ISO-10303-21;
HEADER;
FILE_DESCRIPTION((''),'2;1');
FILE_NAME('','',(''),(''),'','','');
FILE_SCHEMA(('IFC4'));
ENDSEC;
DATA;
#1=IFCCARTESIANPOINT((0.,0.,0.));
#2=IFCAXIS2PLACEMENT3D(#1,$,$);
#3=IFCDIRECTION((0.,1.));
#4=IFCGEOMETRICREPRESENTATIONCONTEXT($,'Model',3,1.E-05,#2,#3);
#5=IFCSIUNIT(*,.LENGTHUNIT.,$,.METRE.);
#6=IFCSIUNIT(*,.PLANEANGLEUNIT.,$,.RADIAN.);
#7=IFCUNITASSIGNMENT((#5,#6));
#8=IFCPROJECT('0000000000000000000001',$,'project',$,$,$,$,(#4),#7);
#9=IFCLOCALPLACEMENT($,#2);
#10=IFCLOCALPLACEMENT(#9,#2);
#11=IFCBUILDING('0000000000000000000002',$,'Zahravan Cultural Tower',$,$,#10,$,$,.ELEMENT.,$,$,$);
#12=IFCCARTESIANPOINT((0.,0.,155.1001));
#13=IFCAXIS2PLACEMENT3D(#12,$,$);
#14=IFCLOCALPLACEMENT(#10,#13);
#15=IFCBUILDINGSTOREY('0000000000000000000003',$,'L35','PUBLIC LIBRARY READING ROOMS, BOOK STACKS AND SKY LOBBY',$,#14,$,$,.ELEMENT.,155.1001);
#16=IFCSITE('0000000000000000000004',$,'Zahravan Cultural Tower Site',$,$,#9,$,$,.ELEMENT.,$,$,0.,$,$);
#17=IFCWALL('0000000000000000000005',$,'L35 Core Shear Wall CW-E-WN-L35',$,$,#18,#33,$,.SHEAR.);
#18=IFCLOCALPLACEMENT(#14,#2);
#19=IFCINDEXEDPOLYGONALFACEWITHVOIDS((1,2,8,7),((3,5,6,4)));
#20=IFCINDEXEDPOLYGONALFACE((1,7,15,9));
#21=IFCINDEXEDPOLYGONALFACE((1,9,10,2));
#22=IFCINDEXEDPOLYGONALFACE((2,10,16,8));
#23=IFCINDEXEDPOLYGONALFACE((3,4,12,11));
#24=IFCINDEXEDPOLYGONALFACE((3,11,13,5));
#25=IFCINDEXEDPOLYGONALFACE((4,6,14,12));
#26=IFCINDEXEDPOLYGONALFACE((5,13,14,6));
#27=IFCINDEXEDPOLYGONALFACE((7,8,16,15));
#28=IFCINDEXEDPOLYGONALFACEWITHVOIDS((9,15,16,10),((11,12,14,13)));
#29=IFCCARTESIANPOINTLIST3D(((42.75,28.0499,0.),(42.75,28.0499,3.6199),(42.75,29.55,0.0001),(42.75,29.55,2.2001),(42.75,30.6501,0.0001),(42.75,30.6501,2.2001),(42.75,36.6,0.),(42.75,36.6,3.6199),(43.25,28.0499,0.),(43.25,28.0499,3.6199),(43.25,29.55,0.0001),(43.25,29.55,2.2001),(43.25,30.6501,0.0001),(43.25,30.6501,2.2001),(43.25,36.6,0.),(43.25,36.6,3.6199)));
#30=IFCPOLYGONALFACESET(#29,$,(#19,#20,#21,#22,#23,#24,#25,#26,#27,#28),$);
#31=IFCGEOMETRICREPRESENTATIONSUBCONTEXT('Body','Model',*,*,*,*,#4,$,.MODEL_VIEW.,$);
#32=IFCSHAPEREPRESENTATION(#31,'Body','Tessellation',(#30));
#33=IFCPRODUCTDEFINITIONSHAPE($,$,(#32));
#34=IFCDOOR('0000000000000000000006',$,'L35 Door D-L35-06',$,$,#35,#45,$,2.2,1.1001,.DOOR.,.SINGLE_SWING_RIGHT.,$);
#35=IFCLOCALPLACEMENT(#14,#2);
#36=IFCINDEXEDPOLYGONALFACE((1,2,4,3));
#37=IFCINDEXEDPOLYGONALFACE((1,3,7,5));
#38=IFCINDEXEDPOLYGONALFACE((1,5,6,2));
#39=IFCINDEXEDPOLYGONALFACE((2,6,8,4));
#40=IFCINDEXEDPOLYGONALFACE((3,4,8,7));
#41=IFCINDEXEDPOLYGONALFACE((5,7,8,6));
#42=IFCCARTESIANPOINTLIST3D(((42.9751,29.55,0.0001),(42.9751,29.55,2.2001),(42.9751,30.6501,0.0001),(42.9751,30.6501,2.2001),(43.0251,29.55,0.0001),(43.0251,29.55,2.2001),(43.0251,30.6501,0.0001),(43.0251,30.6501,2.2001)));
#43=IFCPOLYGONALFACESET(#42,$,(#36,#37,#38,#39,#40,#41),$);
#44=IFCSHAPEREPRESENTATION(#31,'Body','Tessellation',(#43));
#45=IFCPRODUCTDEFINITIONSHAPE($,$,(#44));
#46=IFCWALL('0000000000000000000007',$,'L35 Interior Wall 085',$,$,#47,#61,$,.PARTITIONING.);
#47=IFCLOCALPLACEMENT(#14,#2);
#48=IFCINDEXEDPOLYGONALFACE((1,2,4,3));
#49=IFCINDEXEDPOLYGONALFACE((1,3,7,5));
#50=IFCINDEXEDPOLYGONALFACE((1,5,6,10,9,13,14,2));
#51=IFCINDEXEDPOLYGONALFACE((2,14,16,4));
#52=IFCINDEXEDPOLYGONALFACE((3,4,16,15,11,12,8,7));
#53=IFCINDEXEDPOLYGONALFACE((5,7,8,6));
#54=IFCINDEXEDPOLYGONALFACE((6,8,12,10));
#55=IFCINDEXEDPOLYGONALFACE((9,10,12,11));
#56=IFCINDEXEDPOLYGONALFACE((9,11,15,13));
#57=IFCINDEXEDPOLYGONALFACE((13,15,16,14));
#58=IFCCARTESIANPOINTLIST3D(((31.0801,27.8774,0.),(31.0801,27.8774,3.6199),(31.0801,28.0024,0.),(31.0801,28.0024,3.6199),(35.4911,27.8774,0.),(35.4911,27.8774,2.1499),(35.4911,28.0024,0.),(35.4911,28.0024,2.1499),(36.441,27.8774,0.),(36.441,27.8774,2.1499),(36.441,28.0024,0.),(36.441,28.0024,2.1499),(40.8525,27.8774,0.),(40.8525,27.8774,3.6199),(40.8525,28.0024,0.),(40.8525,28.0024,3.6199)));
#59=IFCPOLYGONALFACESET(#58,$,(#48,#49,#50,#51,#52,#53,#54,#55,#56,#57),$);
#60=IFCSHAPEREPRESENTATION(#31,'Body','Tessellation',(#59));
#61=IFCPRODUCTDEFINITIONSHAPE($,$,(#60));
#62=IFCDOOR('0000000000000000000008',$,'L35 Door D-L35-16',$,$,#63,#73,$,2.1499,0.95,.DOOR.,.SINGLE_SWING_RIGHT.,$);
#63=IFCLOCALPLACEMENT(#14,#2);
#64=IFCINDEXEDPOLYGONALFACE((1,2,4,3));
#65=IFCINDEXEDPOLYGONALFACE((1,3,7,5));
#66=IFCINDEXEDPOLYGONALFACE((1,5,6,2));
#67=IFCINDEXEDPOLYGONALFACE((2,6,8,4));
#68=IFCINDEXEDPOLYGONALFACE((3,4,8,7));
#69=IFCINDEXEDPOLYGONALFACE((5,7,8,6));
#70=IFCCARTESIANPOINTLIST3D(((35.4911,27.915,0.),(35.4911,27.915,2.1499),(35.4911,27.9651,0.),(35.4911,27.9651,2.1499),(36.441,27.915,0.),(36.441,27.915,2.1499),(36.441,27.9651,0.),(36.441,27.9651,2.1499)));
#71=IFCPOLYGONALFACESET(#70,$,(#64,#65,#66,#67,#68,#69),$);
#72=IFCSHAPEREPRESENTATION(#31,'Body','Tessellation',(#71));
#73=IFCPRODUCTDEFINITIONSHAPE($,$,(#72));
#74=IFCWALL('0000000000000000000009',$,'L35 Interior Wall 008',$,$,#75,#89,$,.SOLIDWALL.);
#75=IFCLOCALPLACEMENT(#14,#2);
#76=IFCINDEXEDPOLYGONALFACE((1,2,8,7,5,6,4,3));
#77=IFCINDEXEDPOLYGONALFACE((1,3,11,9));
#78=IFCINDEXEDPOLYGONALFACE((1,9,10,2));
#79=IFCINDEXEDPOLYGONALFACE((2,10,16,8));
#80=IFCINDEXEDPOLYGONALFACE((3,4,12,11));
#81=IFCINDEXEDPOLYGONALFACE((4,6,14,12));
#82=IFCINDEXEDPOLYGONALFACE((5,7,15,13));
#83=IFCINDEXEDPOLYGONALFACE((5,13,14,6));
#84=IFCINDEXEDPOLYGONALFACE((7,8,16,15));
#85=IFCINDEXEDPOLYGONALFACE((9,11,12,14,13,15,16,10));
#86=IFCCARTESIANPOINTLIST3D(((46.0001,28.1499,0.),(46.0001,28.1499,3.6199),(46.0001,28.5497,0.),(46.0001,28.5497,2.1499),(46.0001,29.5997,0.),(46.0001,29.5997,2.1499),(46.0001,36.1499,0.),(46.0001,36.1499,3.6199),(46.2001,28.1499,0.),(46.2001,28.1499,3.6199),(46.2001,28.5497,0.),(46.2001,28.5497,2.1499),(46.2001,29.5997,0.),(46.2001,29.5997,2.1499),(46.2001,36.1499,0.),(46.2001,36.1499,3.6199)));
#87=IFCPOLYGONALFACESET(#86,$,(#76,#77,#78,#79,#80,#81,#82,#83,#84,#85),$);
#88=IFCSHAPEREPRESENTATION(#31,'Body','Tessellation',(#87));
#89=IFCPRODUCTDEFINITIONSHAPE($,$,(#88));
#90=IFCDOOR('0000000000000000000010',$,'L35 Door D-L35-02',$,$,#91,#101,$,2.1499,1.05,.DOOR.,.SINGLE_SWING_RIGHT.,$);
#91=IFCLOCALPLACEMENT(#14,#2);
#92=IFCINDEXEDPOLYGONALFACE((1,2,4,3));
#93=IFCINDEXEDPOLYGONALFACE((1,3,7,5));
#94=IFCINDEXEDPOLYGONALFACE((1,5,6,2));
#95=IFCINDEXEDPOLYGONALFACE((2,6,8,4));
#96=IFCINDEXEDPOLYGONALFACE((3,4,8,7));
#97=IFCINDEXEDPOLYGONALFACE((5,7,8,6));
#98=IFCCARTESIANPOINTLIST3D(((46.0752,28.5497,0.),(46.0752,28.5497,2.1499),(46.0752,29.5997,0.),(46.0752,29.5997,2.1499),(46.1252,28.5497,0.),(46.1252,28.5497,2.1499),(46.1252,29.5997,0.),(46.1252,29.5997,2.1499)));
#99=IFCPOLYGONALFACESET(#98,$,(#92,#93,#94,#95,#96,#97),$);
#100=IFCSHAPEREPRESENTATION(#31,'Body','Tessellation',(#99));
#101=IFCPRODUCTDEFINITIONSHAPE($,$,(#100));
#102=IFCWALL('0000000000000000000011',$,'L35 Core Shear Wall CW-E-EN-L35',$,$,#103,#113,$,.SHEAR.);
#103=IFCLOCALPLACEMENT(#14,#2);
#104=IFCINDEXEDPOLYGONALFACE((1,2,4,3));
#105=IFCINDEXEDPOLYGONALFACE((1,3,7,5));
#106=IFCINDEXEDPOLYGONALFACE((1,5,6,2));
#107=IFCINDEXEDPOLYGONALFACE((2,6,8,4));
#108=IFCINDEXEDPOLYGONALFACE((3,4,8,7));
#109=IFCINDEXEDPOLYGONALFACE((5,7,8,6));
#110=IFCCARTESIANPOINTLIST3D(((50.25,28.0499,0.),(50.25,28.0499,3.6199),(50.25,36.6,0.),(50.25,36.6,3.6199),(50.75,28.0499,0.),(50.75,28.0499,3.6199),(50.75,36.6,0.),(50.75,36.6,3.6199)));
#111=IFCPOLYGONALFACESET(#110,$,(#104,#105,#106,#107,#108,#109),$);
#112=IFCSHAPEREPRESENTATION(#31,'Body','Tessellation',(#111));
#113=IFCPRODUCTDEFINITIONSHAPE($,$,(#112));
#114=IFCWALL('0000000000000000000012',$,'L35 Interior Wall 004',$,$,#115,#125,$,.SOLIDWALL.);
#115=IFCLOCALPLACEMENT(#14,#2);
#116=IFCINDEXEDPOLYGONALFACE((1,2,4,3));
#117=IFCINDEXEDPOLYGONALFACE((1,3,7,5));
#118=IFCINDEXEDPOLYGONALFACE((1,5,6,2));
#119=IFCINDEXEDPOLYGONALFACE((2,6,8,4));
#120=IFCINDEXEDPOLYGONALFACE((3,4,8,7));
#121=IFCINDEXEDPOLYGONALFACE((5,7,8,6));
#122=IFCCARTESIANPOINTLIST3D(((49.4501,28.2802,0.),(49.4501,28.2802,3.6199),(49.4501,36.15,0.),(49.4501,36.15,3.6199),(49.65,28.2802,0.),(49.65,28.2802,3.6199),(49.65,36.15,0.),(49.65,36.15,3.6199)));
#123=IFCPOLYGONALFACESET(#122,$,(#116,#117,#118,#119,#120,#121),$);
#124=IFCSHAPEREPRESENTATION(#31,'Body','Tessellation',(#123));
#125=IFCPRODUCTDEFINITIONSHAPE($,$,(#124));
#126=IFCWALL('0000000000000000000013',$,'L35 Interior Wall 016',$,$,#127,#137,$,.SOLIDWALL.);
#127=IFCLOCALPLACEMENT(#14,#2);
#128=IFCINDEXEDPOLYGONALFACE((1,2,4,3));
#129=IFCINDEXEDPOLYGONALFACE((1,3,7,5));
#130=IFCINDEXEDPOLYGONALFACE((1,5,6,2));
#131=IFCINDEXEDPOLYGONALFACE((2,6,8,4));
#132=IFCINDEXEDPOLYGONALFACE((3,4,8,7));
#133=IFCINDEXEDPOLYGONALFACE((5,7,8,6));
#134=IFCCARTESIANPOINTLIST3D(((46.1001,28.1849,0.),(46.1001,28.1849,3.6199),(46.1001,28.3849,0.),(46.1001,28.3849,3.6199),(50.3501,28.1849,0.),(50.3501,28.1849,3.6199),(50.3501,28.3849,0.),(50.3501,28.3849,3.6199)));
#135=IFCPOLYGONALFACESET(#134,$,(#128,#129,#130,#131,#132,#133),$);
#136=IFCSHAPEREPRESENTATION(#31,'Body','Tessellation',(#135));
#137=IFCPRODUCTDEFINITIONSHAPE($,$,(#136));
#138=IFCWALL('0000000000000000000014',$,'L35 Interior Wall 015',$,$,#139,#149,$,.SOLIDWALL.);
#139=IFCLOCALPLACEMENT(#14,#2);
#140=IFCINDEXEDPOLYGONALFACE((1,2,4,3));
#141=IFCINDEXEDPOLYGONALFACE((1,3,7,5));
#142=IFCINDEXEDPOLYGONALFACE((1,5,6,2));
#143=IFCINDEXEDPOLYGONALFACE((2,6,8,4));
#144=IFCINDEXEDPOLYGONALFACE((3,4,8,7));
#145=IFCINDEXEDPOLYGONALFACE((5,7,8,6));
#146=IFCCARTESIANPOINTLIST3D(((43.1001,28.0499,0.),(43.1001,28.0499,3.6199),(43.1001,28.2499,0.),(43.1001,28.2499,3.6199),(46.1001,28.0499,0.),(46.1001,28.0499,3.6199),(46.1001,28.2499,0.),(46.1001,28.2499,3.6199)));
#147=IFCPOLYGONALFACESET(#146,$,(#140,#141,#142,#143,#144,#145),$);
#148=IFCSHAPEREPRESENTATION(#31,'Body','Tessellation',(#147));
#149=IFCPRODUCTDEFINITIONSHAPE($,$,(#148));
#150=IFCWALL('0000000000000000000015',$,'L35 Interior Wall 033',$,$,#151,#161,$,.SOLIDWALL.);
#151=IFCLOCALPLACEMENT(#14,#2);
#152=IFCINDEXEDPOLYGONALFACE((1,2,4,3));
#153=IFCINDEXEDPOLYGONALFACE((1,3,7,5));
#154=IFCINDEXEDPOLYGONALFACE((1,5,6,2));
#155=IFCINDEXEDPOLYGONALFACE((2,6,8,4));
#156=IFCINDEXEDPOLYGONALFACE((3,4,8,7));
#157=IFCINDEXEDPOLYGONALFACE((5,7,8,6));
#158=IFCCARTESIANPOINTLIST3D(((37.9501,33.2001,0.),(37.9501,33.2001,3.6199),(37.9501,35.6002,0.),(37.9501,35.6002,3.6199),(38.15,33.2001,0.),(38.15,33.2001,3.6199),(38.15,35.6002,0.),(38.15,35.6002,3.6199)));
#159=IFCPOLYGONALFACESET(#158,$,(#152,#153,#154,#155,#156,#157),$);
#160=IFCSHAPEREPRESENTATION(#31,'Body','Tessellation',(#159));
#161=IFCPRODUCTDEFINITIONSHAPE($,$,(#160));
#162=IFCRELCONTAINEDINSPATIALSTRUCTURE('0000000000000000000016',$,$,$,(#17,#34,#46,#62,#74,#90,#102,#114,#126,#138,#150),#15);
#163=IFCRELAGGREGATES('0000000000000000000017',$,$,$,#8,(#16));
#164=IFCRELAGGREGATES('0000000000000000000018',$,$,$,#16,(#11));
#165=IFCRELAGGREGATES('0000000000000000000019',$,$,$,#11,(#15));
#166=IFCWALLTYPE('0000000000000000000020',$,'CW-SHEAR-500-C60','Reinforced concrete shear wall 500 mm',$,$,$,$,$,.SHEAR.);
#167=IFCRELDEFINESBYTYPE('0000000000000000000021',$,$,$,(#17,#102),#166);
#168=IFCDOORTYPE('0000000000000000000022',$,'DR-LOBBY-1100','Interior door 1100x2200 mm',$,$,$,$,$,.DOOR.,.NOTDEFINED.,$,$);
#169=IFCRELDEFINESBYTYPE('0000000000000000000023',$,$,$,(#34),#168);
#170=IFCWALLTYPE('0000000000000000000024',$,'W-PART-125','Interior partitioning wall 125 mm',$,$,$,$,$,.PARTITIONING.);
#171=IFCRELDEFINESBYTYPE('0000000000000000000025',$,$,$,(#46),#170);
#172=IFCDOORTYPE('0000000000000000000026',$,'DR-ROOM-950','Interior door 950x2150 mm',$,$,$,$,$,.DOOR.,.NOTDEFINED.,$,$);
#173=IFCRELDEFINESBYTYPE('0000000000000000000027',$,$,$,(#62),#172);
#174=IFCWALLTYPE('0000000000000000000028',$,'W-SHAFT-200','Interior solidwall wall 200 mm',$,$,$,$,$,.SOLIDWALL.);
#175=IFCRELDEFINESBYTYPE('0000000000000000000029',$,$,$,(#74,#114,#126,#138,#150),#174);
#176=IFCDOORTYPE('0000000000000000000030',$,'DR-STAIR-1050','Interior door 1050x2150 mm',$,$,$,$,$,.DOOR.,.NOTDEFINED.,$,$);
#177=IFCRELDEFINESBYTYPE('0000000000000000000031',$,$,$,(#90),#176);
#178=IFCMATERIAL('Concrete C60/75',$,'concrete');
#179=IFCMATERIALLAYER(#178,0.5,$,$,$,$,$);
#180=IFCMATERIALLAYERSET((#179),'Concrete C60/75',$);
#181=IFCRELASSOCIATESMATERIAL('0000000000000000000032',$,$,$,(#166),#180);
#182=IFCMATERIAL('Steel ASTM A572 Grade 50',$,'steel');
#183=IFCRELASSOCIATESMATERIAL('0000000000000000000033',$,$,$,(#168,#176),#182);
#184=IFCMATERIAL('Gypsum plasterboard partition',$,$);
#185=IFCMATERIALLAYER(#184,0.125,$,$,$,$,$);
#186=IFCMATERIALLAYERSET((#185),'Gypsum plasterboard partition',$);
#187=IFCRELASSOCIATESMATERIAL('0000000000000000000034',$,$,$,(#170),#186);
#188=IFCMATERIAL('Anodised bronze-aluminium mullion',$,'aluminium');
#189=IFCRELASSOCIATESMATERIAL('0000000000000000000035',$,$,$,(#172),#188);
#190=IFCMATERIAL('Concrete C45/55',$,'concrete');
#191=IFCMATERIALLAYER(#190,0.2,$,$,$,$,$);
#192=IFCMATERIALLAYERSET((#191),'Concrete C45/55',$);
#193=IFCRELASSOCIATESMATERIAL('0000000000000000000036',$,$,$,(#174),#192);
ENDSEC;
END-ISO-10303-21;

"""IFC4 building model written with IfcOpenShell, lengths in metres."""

from ifc_helpers import new_model, si_unit, direction, frame, frame_2d, origin, place, context, subcontext, project, spatial, rectangle, extrude, source, transform, mapped, material, layer, layer_set, type_object, element, fill, save


model = new_model("IFC4")

# Units and contexts
model_context = context("Model", 3, precision=1e-05, world=origin(), true_north=direction((0.0, 1.0)))
body_context = subcontext(model_context, "Body", "Model", "MODEL_VIEW")
ifc_project = project(units=[si_unit("LENGTHUNIT", "METRE"), si_unit("PLANEANGLEUNIT", "RADIAN")], contexts=[model_context])

# Site, building, storey
site_placement = place(None, origin())
site = spatial("IfcSite", under=ifc_project, at=site_placement, Name="Zahravan Cultural Tower Site", CompositionType="ELEMENT", RefElevation=0.0)
building_placement = place(site_placement, origin())
building = spatial("IfcBuilding", under=site, at=building_placement, Name="Zahravan Cultural Tower", CompositionType="ELEMENT")
storey_placement = place(building_placement, frame((0.0, 0.0, 155.1001)))
storey = spatial("IfcBuildingStorey", under=building, at=storey_placement, Name="L35", Description="PUBLIC LIBRARY READING ROOMS, BOOK STACKS AND SKY LOBBY", CompositionType="ELEMENT", Elevation=155.1001)

# Walls, openings, doors
ifc_material_1 = material(Name="Concrete C60/75", Category="concrete")
ifc_layer_1 = layer(ifc_material_1, 0.5)
ifc_layer_set_1 = layer_set([ifc_layer_1], Name="Concrete C60/75")
wall_type_1 = type_object("IfcWallType", Name="CW-SHEAR-500-C60", Description="Reinforced concrete shear wall 500 mm", PredefinedType="SHEAR", material=ifc_layer_set_1)
wall_1_placement = place(storey_placement, frame((43.0, 28.05, 0.0), z_axis=(0.0, 0.0, 1.0), x_axis=(0.0, 1.0, 0.0)))
wall_1 = element("IfcWall", 1, at=wall_1_placement, inside=storey, type_object=wall_type_1, Name="L35 Core Shear Wall CW-E-WN-L35", PredefinedType="SHEAR", context=body_context, shape_type="SweptSolid", body=[
    extrude(rectangle(XDim=8.55, YDim=0.5, at=frame_2d((4.2749, 0.0))), origin(), (0.0, 0.0, 1.0), 3.6199),
])
opening_1_placement = place(wall_1_placement, frame((1.5, 0.0, 0.0)))
opening_1 = element("IfcOpeningElement", 2, at=opening_1_placement, cuts=wall_1, PredefinedType="OPENING", context=body_context, shape_type="SweptSolid", body=[
    extrude(rectangle(XDim=1.1001, YDim=2.2, at=frame_2d((0.55, 1.1001))), frame((0.0, 0.26, 0.0), z_axis=(0.0, -1.0, 0.0), x_axis=(1.0, 0.0, 0.0)), (0.0, 0.0, 1.0), 0.52),
])
ifc_material_2 = material(Name="Steel ASTM A572 Grade 50", Category="steel")
door_type_1 = type_object("IfcDoorType", Name="DR-LOBBY-1100", Description="Interior door 1100x2200 mm", OperationType="NOTDEFINED", PredefinedType="DOOR", material=ifc_material_2)
shared_shape_1 = source(origin(), body_context, "Body", "SweptSolid", [
    extrude(rectangle(XDim=1.1001, YDim=2.2, at=frame_2d((0.55, 1.1001))), frame((0.0, 0.0249, 0.0), z_axis=(0.0, -1.0, 0.0), x_axis=(1.0, 0.0, 0.0)), (0.0, 0.0, 1.0), 0.05),
])
door_1_placement = place(opening_1_placement, origin())
door_1 = element("IfcDoor", 3, at=door_1_placement, inside=storey, type_object=door_type_1, Name="L35 Door D-L35-06", OperationType="SINGLE_SWING_RIGHT", OverallHeight=2.2, OverallWidth=1.1001, PredefinedType="DOOR", context=body_context, shape_type="MappedRepresentation", body=[
    mapped(shared_shape_1, transform((0.0, 0.0, 0.0), x_axis=(1.0, 0.0, 0.0), y_axis=(0.0, 1.0, 0.0), z_axis=(0.0, 0.0, 1.0), scale=1.0)),
])
fill(opening_1, door_1)
ifc_material_3 = material(Name="Gypsum plasterboard partition")
ifc_layer_2 = layer(ifc_material_3, 0.125)
ifc_layer_set_2 = layer_set([ifc_layer_2], Name="Gypsum plasterboard partition")
wall_type_2 = type_object("IfcWallType", Name="W-PART-125", Description="Interior partitioning wall 125 mm", PredefinedType="PARTITIONING", material=ifc_layer_set_2)
wall_2_placement = place(storey_placement, frame((40.8525, 27.9399, 0.0), z_axis=(0.0, 0.0, 1.0), x_axis=(-1.0, 0.0, 0.0)))
wall_2 = element("IfcWall", 4, at=wall_2_placement, inside=storey, type_object=wall_type_2, Name="L35 Interior Wall 085", PredefinedType="PARTITIONING", context=body_context, shape_type="SweptSolid", body=[
    extrude(rectangle(XDim=9.7725, YDim=0.125, at=frame_2d((4.8862, 0.0))), origin(), (0.0, 0.0, 1.0), 3.6199),
])
opening_2_placement = place(wall_2_placement, frame((4.4114, 0.0, 0.0)))
opening_2 = element("IfcOpeningElement", 5, at=opening_2_placement, cuts=wall_2, PredefinedType="OPENING", context=body_context, shape_type="SweptSolid", body=[
    extrude(rectangle(XDim=0.95, YDim=2.1499, at=frame_2d((0.4751, 1.075))), frame((0.0, 0.0725, 0.0), z_axis=(0.0, -1.0, 0.0), x_axis=(1.0, 0.0, 0.0)), (0.0, 0.0, 1.0), 0.145),
])
ifc_material_4 = material(Name="Anodised bronze-aluminium mullion", Category="aluminium")
door_type_2 = type_object("IfcDoorType", Name="DR-ROOM-950", Description="Interior door 950x2150 mm", OperationType="NOTDEFINED", PredefinedType="DOOR", material=ifc_material_4)
shared_shape_2 = source(origin(), body_context, "Body", "SweptSolid", [
    extrude(rectangle(XDim=0.95, YDim=2.1499, at=frame_2d((0.4751, 1.075))), frame((0.0, 0.0249, 0.0), z_axis=(0.0, -1.0, 0.0), x_axis=(1.0, 0.0, 0.0)), (0.0, 0.0, 1.0), 0.05),
])
door_2_placement = place(opening_2_placement, origin())
door_2 = element("IfcDoor", 6, at=door_2_placement, inside=storey, type_object=door_type_2, Name="L35 Door D-L35-16", OperationType="SINGLE_SWING_RIGHT", OverallHeight=2.1499, OverallWidth=0.95, PredefinedType="DOOR", context=body_context, shape_type="MappedRepresentation", body=[
    mapped(shared_shape_2, transform((0.0, 0.0, 0.0), x_axis=(1.0, 0.0, 0.0), y_axis=(0.0, 1.0, 0.0), z_axis=(0.0, 0.0, 1.0), scale=1.0)),
])
fill(opening_2, door_2)
ifc_material_5 = material(Name="Concrete C45/55", Category="concrete")
ifc_layer_3 = layer(ifc_material_5, 0.2)
ifc_layer_set_3 = layer_set([ifc_layer_3], Name="Concrete C45/55")
wall_type_3 = type_object("IfcWallType", Name="W-SHAFT-200", Description="Interior solidwall wall 200 mm", PredefinedType="SOLIDWALL", material=ifc_layer_set_3)
wall_3_placement = place(storey_placement, frame((46.1001, 28.1499, 0.0), z_axis=(0.0, 0.0, 1.0), x_axis=(0.0, 1.0, 0.0)))
wall_3 = element("IfcWall", 7, at=wall_3_placement, inside=storey, type_object=wall_type_3, Name="L35 Interior Wall 008", PredefinedType="SOLIDWALL", context=body_context, shape_type="SweptSolid", body=[
    extrude(rectangle(XDim=8.0, YDim=0.2, at=frame_2d((4.0, 0.0))), origin(), (0.0, 0.0, 1.0), 3.6199),
])
opening_3_placement = place(wall_3_placement, frame((0.3999, 0.0, 0.0)))
opening_3 = element("IfcOpeningElement", 8, at=opening_3_placement, cuts=wall_3, PredefinedType="OPENING", context=body_context, shape_type="SweptSolid", body=[
    extrude(rectangle(XDim=1.05, YDim=2.1499, at=frame_2d((0.5249, 1.075))), frame((0.0, 0.1099, 0.0), z_axis=(0.0, -1.0, 0.0), x_axis=(1.0, 0.0, 0.0)), (0.0, 0.0, 1.0), 0.22),
])
door_type_3 = type_object("IfcDoorType", Name="DR-STAIR-1050", Description="Interior door 1050x2150 mm", OperationType="NOTDEFINED", PredefinedType="DOOR", material=ifc_material_2)
shared_shape_3 = source(origin(), body_context, "Body", "SweptSolid", [
    extrude(rectangle(XDim=1.05, YDim=2.1499, at=frame_2d((0.5249, 1.075))), frame((0.0, 0.0249, 0.0), z_axis=(0.0, -1.0, 0.0), x_axis=(1.0, 0.0, 0.0)), (0.0, 0.0, 1.0), 0.05),
])
door_3_placement = place(opening_3_placement, origin())
door_3 = element("IfcDoor", 9, at=door_3_placement, inside=storey, type_object=door_type_3, Name="L35 Door D-L35-02", OperationType="SINGLE_SWING_RIGHT", OverallHeight=2.1499, OverallWidth=1.05, PredefinedType="DOOR", context=body_context, shape_type="MappedRepresentation", body=[
    mapped(shared_shape_3, transform((0.0, 0.0, 0.0), x_axis=(1.0, 0.0, 0.0), y_axis=(0.0, 1.0, 0.0), z_axis=(0.0, 0.0, 1.0), scale=1.0)),
])
fill(opening_3, door_3)

# Walls
shared_shape_4 = source(origin(), body_context, "Body", "SweptSolid", [
    extrude(rectangle(XDim=8.55, YDim=0.5, at=frame_2d((4.2749, 0.0))), origin(), (0.0, 0.0, 1.0), 3.6199),
])
wall_4_placement = place(storey_placement, frame((50.5, 28.05, 0.0), z_axis=(0.0, 0.0, 1.0), x_axis=(0.0, 1.0, 0.0)))
element("IfcWall", 10, at=wall_4_placement, inside=storey, type_object=wall_type_1, Name="L35 Core Shear Wall CW-E-EN-L35", PredefinedType="SHEAR", context=body_context, shape_type="MappedRepresentation", body=[
    mapped(shared_shape_4, transform((0.0, 0.0, 0.0), x_axis=(1.0, 0.0, 0.0), y_axis=(0.0, 1.0, 0.0), z_axis=(0.0, 0.0, 1.0), scale=1.0)),
])
shared_shape_5 = source(origin(), body_context, "Body", "SweptSolid", [
    extrude(rectangle(XDim=7.8699, YDim=0.2, at=frame_2d((3.9351, 0.0))), origin(), (0.0, 0.0, 1.0), 3.6199),
])
wall_5_placement = place(storey_placement, frame((49.55, 28.28, 0.0), z_axis=(0.0, 0.0, 1.0), x_axis=(0.0, 1.0, 0.0)))
element("IfcWall", 11, at=wall_5_placement, inside=storey, type_object=wall_type_3, Name="L35 Interior Wall 004", PredefinedType="SOLIDWALL", context=body_context, shape_type="MappedRepresentation", body=[
    mapped(shared_shape_5, transform((0.0, 0.0, 0.0), x_axis=(1.0, 0.0, 0.0), y_axis=(0.0, 1.0, 0.0), z_axis=(0.0, 0.0, 1.0), scale=1.0)),
])
shared_shape_6 = source(origin(), body_context, "Body", "SweptSolid", [
    extrude(rectangle(XDim=4.25, YDim=0.2, at=frame_2d((2.125, 0.0))), origin(), (0.0, 0.0, 1.0), 3.6199),
])
wall_6_placement = place(storey_placement, frame((46.1001, 28.2849, 0.0), z_axis=(0.0, 0.0, 1.0), x_axis=(1.0, 0.0, 0.0)))
element("IfcWall", 12, at=wall_6_placement, inside=storey, type_object=wall_type_3, Name="L35 Interior Wall 016", PredefinedType="SOLIDWALL", context=body_context, shape_type="MappedRepresentation", body=[
    mapped(shared_shape_6, transform((0.0, 0.0, 0.0), x_axis=(1.0, 0.0, 0.0), y_axis=(0.0, 1.0, 0.0), z_axis=(0.0, 0.0, 1.0), scale=1.0)),
])
shared_shape_7 = source(origin(), body_context, "Body", "SweptSolid", [
    extrude(rectangle(XDim=3.0, YDim=0.2, at=frame_2d((1.5, 0.0))), origin(), (0.0, 0.0, 1.0), 3.6199),
])
wall_7_placement = place(storey_placement, frame((43.1001, 28.1499, 0.0), z_axis=(0.0, 0.0, 1.0), x_axis=(1.0, 0.0, 0.0)))
element("IfcWall", 13, at=wall_7_placement, inside=storey, type_object=wall_type_3, Name="L35 Interior Wall 015", PredefinedType="SOLIDWALL", context=body_context, shape_type="MappedRepresentation", body=[
    mapped(shared_shape_7, transform((0.0, 0.0, 0.0), x_axis=(1.0, 0.0, 0.0), y_axis=(0.0, 1.0, 0.0), z_axis=(0.0, 0.0, 1.0), scale=1.0)),
])
shared_shape_8 = source(origin(), body_context, "Body", "SweptSolid", [
    extrude(rectangle(XDim=2.4001, YDim=0.2, at=frame_2d((1.2002, 0.0))), origin(), (0.0, 0.0, 1.0), 3.6199),
])
for number, where, z_axis, x_axis, name in (
    (14, (38.05, 33.2, 0.0), (0.0, 0.0, 1.0), (0.0, 1.0, 0.0), "L35 Interior Wall 033"),
):
    element("IfcWall", number, at=place(storey_placement, frame(where, z_axis=z_axis, x_axis=x_axis)), inside=storey, type_object=wall_type_3, Name=name, PredefinedType="SOLIDWALL", context=body_context, shape_type="MappedRepresentation", body=[
        mapped(shared_shape_8, transform((0.0, 0.0, 0.0), x_axis=(1.0, 0.0, 0.0), y_axis=(0.0, 1.0, 0.0), z_axis=(0.0, 0.0, 1.0), scale=1.0)),
    ])

save(model, "model.ifc")
